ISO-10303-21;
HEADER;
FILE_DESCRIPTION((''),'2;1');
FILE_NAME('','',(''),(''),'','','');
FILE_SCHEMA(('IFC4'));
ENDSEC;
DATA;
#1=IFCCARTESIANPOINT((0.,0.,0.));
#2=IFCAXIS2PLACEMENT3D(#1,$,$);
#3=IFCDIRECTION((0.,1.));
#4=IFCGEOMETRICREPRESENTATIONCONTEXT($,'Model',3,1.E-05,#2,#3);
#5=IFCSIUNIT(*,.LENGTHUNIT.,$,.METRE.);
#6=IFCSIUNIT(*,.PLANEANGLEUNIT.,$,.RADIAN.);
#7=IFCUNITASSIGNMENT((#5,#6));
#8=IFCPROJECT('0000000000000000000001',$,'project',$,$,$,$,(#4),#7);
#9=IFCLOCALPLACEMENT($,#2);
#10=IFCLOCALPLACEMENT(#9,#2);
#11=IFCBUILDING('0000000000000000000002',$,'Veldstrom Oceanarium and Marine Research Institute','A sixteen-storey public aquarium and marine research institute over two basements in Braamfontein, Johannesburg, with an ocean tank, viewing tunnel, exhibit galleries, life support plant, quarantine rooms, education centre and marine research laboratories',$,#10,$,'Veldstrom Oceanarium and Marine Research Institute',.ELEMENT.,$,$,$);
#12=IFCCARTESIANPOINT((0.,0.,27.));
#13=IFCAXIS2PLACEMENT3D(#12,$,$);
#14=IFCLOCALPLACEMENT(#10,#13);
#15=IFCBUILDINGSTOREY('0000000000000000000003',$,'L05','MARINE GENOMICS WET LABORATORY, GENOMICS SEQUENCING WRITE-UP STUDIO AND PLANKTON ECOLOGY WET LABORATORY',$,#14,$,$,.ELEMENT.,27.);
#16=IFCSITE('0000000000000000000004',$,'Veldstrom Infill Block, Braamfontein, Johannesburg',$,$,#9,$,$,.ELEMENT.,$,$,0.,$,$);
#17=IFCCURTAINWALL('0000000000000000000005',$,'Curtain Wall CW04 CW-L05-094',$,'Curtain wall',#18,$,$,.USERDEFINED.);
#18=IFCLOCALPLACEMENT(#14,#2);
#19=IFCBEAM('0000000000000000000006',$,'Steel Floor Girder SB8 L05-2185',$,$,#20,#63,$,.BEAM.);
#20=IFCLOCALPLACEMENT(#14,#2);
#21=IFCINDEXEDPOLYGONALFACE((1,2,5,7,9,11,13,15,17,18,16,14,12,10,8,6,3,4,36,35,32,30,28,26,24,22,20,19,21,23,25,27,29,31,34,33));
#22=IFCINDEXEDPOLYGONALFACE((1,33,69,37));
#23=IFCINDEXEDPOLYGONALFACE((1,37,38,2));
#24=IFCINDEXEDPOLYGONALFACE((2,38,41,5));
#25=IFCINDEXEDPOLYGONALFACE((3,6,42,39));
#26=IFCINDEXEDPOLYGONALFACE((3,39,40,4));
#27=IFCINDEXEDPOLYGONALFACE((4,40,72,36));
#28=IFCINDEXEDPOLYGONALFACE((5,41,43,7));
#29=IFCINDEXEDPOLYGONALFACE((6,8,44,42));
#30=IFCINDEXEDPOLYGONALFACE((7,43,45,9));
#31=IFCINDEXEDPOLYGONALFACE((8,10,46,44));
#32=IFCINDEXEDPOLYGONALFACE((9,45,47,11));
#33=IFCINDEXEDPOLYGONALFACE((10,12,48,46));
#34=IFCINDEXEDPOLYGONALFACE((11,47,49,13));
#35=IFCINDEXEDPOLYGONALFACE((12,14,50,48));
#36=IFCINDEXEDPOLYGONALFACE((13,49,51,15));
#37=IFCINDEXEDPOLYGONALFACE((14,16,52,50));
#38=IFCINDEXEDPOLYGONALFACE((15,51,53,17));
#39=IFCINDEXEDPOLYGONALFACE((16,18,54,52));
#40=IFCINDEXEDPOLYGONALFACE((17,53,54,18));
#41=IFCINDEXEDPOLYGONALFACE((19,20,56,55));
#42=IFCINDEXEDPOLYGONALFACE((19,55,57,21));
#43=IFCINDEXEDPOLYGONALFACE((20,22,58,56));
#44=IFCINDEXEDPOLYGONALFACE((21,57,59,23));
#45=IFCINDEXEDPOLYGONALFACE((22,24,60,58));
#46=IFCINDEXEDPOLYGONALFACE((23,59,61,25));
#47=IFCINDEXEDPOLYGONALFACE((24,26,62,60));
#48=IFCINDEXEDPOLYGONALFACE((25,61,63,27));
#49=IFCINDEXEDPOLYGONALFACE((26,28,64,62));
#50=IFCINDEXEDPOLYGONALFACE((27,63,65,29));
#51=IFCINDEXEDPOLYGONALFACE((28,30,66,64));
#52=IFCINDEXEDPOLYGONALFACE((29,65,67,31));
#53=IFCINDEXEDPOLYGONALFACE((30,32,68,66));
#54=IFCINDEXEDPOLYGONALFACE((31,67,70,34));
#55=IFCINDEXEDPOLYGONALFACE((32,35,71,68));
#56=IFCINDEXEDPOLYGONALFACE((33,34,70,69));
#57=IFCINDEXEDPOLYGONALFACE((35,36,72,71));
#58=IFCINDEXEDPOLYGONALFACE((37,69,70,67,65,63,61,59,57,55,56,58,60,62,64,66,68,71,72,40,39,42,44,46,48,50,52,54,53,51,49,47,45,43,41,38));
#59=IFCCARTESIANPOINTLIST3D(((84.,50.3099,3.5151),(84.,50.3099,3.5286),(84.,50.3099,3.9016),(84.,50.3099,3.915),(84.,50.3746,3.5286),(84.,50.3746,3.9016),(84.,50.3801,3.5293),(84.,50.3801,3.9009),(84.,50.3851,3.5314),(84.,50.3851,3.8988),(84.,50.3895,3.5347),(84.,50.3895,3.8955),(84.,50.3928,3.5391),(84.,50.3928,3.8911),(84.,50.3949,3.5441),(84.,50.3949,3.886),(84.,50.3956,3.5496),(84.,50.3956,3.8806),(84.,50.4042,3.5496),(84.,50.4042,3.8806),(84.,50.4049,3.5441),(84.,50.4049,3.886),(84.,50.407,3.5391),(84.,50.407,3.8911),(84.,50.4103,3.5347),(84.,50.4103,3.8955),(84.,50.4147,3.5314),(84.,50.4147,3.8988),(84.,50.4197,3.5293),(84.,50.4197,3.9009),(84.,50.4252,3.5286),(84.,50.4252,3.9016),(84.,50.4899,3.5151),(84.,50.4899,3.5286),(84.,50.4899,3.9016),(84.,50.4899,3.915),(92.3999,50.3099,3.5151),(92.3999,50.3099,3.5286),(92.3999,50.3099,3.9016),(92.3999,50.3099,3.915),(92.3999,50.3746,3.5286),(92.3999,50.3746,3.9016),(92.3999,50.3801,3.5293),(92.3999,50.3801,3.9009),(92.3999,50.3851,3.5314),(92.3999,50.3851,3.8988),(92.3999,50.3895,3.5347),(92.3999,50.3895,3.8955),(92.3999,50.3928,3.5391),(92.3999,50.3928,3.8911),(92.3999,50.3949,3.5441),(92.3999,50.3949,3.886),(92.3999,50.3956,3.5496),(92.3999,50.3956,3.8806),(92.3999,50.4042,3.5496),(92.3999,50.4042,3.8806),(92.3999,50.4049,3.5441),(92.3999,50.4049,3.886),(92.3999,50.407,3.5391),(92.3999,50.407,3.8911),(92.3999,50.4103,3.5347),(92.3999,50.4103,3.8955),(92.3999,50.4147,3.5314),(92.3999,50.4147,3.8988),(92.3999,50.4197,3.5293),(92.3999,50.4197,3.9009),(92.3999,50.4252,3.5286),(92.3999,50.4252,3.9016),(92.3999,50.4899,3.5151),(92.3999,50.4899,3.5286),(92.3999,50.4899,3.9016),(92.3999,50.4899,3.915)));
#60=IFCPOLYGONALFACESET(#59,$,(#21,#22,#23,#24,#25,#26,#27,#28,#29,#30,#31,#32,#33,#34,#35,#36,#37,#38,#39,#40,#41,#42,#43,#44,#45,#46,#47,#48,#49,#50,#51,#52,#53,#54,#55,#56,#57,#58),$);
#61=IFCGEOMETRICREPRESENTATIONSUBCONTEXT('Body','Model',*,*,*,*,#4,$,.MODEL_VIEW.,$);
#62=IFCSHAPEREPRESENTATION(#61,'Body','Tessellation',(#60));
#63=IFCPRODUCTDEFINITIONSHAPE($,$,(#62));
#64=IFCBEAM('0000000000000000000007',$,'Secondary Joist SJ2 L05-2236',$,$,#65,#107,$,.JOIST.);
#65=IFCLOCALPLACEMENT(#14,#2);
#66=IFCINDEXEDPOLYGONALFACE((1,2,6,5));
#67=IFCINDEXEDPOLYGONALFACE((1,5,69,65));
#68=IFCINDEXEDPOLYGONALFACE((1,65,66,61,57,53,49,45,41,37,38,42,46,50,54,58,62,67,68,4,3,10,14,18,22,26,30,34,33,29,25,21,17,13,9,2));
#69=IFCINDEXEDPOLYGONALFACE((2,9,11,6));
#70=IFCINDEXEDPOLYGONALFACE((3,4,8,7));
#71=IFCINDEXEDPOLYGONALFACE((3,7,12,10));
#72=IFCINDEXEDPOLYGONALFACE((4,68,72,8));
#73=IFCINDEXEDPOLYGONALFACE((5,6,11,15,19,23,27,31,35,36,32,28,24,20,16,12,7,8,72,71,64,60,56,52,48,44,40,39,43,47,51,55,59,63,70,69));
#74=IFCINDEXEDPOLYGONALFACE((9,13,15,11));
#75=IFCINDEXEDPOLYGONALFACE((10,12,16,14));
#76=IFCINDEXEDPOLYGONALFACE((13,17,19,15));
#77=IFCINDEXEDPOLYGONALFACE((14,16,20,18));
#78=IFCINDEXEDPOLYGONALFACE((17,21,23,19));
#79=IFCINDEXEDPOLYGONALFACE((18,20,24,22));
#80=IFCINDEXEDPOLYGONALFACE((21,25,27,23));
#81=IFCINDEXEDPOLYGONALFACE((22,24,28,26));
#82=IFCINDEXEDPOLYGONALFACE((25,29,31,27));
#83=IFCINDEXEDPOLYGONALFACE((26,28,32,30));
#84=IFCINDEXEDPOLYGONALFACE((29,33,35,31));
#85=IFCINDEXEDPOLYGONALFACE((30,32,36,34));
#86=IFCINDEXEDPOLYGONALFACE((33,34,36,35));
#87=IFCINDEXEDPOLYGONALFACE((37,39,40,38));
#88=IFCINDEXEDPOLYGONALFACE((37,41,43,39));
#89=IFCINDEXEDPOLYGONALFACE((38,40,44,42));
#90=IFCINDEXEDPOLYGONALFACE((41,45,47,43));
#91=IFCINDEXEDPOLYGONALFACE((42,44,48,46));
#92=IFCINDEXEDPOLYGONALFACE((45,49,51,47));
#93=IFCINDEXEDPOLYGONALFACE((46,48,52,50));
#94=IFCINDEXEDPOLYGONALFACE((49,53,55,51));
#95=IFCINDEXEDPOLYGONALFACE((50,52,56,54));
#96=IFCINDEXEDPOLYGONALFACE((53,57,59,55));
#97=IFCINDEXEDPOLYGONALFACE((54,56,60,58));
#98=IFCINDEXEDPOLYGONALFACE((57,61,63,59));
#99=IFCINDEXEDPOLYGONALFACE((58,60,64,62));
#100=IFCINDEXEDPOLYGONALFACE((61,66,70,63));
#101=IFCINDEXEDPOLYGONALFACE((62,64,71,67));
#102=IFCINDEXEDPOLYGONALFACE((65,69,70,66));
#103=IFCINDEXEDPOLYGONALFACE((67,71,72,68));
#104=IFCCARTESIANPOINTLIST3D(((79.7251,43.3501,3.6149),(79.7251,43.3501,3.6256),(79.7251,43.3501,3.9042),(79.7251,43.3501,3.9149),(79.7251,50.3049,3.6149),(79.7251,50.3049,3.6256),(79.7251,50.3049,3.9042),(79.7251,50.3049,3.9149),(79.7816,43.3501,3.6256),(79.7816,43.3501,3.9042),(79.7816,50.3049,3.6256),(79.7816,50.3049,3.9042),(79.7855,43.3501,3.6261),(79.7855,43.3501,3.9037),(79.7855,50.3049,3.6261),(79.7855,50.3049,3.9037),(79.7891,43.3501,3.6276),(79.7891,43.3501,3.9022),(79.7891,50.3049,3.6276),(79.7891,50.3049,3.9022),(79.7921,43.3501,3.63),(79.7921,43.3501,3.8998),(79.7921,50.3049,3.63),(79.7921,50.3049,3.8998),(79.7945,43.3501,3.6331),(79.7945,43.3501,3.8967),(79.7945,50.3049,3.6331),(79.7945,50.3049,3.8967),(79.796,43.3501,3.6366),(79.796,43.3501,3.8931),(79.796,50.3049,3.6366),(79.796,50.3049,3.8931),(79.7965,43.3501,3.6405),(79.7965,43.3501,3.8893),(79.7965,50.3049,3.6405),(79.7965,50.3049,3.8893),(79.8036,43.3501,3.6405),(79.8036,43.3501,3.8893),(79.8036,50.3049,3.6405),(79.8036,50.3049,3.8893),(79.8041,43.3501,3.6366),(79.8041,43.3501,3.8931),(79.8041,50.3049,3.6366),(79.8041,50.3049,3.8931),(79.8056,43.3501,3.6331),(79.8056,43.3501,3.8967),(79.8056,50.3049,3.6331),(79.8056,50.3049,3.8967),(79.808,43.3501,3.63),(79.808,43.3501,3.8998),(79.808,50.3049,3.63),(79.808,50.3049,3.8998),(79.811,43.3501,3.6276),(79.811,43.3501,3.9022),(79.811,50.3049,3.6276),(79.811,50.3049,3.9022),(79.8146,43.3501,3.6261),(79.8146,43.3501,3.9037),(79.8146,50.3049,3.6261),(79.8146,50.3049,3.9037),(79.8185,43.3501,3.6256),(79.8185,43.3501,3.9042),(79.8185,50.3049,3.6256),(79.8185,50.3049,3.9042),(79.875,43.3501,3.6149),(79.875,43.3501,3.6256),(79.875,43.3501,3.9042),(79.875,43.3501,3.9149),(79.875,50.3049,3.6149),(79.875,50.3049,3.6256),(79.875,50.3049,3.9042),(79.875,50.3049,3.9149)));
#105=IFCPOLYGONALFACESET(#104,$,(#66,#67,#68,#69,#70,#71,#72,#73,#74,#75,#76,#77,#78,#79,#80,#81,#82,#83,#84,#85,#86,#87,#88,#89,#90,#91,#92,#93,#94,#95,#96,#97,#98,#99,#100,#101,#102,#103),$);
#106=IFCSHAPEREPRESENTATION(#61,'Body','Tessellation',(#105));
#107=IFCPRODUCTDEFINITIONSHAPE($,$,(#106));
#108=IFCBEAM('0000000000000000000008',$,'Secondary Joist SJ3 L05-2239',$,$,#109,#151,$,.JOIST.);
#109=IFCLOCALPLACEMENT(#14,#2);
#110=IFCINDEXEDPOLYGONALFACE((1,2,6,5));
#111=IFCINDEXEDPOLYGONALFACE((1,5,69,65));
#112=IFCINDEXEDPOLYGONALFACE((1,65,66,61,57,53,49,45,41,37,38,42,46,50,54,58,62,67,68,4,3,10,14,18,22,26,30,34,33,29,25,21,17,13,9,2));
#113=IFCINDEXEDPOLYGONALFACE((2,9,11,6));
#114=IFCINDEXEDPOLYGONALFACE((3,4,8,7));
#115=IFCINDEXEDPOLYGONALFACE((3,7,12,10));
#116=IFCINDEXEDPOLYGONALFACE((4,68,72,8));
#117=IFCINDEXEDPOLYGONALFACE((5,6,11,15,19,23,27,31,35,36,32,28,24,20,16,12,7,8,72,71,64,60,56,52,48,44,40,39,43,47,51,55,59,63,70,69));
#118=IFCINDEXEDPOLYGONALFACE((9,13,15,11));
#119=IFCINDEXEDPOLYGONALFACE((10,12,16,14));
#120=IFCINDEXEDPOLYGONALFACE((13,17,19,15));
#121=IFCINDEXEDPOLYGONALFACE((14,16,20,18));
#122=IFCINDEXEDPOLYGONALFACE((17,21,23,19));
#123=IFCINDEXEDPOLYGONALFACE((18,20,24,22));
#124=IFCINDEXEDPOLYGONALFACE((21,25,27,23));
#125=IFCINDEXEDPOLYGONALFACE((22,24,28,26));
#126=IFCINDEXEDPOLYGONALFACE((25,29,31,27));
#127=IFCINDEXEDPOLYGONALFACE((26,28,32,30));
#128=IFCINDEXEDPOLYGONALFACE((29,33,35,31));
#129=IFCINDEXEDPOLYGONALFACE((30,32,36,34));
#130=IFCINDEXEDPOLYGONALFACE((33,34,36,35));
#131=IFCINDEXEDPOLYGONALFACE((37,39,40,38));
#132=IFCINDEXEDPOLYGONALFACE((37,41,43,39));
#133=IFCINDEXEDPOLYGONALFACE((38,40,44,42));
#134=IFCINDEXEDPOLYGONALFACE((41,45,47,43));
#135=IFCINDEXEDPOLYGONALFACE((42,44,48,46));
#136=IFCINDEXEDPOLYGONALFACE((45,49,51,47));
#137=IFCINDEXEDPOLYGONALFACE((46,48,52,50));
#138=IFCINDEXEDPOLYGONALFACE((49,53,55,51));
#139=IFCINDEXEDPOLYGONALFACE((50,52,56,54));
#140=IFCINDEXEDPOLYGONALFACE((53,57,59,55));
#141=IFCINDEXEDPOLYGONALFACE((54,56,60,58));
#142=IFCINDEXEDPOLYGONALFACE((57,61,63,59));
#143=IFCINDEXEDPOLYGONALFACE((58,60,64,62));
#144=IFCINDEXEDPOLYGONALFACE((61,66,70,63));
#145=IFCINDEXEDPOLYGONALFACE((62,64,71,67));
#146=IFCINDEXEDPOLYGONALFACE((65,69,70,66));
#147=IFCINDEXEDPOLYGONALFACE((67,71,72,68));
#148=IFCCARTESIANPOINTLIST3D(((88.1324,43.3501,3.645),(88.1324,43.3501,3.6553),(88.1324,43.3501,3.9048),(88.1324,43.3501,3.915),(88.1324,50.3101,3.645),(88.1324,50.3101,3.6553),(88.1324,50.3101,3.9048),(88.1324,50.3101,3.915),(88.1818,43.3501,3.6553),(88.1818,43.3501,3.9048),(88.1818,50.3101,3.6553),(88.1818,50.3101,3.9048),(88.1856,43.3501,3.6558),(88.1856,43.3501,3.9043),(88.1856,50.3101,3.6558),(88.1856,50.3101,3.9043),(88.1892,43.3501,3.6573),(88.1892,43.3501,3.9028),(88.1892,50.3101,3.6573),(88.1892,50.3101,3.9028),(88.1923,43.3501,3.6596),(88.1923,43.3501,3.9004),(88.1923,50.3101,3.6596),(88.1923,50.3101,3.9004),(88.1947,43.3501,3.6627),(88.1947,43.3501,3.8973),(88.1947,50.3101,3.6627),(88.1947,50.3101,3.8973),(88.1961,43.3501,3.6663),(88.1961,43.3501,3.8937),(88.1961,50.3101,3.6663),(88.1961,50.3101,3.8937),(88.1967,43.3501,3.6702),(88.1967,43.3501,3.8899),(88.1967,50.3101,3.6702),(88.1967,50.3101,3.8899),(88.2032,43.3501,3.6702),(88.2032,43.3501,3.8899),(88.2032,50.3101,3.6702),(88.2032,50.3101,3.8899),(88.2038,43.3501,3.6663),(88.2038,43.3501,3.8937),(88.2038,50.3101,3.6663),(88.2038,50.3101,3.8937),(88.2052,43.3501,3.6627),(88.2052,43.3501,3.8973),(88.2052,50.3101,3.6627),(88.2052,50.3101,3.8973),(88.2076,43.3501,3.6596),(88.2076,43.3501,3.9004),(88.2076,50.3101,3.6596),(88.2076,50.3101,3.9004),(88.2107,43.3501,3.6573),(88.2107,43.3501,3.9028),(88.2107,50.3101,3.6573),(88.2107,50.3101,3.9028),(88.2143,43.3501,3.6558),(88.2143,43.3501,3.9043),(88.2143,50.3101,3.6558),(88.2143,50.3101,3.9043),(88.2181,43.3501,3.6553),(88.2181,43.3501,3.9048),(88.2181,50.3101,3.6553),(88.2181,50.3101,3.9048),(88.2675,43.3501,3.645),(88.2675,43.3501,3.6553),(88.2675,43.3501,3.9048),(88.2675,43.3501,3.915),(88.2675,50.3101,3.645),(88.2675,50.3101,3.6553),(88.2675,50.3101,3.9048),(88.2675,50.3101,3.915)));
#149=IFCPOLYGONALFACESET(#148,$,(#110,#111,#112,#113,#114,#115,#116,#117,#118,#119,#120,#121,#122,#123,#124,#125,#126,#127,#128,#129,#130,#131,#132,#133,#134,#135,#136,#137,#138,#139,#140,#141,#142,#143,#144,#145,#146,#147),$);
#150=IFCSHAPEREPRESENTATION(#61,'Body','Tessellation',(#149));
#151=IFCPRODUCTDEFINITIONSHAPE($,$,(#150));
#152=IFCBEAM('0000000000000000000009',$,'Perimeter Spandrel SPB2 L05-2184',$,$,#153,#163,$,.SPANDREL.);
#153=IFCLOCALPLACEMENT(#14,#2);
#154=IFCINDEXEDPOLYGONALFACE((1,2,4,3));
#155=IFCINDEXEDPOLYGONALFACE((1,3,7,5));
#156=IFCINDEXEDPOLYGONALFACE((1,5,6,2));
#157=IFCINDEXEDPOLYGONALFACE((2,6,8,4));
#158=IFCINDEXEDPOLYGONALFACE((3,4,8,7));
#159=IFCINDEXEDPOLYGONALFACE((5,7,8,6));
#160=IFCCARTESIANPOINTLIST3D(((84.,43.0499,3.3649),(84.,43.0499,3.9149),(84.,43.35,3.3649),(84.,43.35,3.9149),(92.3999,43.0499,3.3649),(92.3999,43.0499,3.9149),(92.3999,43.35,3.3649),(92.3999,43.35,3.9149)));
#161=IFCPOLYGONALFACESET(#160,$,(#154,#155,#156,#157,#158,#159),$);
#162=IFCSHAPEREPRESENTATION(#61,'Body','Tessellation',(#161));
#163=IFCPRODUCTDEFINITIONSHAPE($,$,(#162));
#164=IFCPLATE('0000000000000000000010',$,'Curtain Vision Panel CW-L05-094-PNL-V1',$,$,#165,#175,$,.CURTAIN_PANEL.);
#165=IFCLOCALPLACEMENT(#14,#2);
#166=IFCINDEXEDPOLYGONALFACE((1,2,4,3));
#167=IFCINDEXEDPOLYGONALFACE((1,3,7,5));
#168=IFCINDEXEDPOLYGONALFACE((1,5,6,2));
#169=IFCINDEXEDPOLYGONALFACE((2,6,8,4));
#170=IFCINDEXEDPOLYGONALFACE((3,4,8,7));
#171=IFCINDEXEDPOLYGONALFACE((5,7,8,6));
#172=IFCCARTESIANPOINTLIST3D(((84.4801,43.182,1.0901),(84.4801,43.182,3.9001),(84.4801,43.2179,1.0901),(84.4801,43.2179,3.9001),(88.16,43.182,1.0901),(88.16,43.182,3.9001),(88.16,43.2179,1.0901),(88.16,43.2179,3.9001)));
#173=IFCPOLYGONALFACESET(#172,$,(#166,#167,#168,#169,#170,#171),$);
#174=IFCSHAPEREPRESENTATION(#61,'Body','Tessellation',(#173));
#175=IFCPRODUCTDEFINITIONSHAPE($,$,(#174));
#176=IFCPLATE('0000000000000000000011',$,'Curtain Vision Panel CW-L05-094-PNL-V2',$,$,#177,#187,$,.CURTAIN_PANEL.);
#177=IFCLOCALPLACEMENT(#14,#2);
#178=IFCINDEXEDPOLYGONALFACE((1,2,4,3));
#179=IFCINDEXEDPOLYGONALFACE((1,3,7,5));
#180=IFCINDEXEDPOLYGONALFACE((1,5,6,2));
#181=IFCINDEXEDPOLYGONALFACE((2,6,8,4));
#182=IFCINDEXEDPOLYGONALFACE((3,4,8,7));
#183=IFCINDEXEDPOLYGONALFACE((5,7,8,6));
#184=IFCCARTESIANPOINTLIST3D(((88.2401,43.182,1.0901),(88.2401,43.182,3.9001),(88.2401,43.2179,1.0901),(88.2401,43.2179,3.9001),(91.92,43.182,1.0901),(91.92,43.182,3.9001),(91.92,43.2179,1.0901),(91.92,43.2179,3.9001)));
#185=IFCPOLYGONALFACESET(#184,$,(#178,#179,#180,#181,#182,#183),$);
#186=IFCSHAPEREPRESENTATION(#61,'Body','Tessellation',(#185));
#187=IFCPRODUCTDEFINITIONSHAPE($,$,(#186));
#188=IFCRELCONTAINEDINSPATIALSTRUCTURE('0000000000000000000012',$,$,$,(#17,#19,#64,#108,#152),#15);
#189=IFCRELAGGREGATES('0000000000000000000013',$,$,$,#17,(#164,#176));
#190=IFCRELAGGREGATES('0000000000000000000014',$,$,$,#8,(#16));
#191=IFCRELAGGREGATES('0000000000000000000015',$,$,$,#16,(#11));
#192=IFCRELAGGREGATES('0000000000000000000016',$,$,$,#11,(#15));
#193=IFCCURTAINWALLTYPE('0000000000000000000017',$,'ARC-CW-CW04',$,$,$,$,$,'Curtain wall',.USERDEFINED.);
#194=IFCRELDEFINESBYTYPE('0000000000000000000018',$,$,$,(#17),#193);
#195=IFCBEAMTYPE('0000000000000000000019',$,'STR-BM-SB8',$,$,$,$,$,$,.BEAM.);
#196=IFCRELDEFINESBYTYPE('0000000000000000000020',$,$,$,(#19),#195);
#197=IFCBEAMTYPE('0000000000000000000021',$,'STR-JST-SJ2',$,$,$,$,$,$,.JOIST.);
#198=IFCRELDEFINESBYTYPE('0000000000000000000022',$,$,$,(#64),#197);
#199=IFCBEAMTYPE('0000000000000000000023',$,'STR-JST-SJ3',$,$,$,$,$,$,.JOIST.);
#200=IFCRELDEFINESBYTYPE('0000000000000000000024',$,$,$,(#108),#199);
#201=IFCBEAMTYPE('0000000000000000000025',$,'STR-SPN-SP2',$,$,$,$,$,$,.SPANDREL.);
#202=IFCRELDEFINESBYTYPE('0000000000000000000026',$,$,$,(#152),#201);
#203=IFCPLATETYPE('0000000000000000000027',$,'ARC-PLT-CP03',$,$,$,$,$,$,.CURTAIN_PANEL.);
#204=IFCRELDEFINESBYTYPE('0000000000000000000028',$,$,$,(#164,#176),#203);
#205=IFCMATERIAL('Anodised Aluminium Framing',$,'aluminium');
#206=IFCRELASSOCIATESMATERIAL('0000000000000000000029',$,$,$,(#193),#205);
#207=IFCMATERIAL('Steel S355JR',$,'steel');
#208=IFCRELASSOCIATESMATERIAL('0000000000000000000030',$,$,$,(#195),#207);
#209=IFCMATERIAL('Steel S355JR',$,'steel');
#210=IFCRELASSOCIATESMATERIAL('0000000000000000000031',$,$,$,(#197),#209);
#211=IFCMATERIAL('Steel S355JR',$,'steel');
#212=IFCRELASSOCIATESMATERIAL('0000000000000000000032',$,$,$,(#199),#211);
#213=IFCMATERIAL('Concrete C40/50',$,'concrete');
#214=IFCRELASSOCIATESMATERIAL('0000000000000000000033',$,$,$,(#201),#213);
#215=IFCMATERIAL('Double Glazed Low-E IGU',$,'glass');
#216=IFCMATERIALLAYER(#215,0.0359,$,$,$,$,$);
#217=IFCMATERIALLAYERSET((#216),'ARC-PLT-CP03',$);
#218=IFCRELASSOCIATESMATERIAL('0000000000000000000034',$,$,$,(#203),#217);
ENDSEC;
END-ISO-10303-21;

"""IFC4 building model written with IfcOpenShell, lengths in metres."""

from ifc_helpers import new_model, si_unit, direction, frame, origin, origin_2d, place, context, subcontext, project, spatial, rectangle, i_section, extrude, material, layer, layer_set, material_profile, profile_set, type_object, element, aggregate, save


model = new_model("IFC4")

# Units and contexts
model_context = context("Model", 3, precision=1e-05, world=origin(), true_north=direction((0.0, 1.0)))
body_context = subcontext(model_context, "Body", "Model", "MODEL_VIEW")
ifc_project = project(units=[si_unit("LENGTHUNIT", "METRE"), si_unit("PLANEANGLEUNIT", "RADIAN")], contexts=[model_context])

# Site, building, storey
site_placement = place(None, origin())
site = spatial("IfcSite", under=ifc_project, at=site_placement, Name="Veldstrom Infill Block, Braamfontein, Johannesburg", CompositionType="ELEMENT", RefElevation=0.0)
building_placement = place(site_placement, origin())
building = spatial("IfcBuilding", under=site, at=building_placement, Name="Veldstrom Oceanarium and Marine Research Institute", Description="A sixteen-storey public aquarium and marine research institute over two basements in Braamfontein, Johannesburg, with an ocean tank, viewing tunnel, exhibit galleries, life support plant, quarantine rooms, education centre and marine research laboratories", LongName="Veldstrom Oceanarium and Marine Research Institute", CompositionType="ELEMENT")
storey_placement = place(building_placement, frame((0.0, 0.0, 27.0)))
storey = spatial("IfcBuildingStorey", under=building, at=storey_placement, Name="L05", Description="MARINE GENOMICS WET LABORATORY, GENOMICS SEQUENCING WRITE-UP STUDIO AND PLANKTON ECOLOGY WET LABORATORY", CompositionType="ELEMENT", Elevation=27.0)

# Curtain wall
ifc_material_1 = material(Name="Anodised Aluminium Framing", Category="aluminium")
curtain_wall_type = type_object("IfcCurtainWallType", Name="ARC-CW-CW04", ElementType="Curtain wall", PredefinedType="USERDEFINED", material=ifc_material_1)
curtain_wall_placement = place(storey_placement, origin())
curtain_wall = element("IfcCurtainWall", 1, at=curtain_wall_placement, inside=storey, type_object=curtain_wall_type, Name="Curtain Wall CW04 CW-L05-094", ObjectType="Curtain wall", PredefinedType="USERDEFINED")

# Beams
ifc_material_2 = material(Name="Steel S355JR", Category="steel")
ifc_material_profile_1 = material_profile(ifc_material_2, i_section(OverallWidth=0.1799, OverallDepth=0.3999, WebThickness=0.0085, FlangeThickness=0.0134, FilletRadius=0.021, at=origin_2d()), Name="IPE 400")
ifc_profile_set_1 = profile_set([ifc_material_profile_1], Name="Steel S355JR")
beam_type_1 = type_object("IfcBeamType", Name="STR-BM-SB8", PredefinedType="BEAM", material=ifc_profile_set_1)
beam_1_placement = place(storey_placement, frame((84.0, 50.3999, 3.7151), z_axis=(1.0, 0.0, 0.0), x_axis=(0.0, 1.0, 0.0)))
element("IfcBeam", 2, at=beam_1_placement, inside=storey, type_object=beam_type_1, Name="Steel Floor Girder SB8 L05-2185", PredefinedType="BEAM", context=body_context, shape_type="SweptSolid", body=[
    extrude(i_section(OverallWidth=0.1799, OverallDepth=0.3999, WebThickness=0.0085, FlangeThickness=0.0134, FilletRadius=0.021, at=origin_2d()), origin(), (0.0, 0.0, 1.0), 8.3999),
])
ifc_material_3 = material(Name="Steel S355JR", Category="steel")
ifc_material_profile_2 = material_profile(ifc_material_3, i_section(OverallWidth=0.1499, OverallDepth=0.3, WebThickness=0.0071, FlangeThickness=0.0107, FilletRadius=0.0149, at=origin_2d()), Name="IPE 300")
ifc_profile_set_2 = profile_set([ifc_material_profile_2], Name="Steel S355JR")
beam_type_2 = type_object("IfcBeamType", Name="STR-JST-SJ2", PredefinedType="JOIST", material=ifc_profile_set_2)
beam_2_placement = place(storey_placement, frame((79.8, 43.3501, 3.7649), z_axis=(0.0, 1.0, 0.0), x_axis=(-1.0, 0.0, 0.0)))
element("IfcBeam", 3, at=beam_2_placement, inside=storey, type_object=beam_type_2, Name="Secondary Joist SJ2 L05-2236", PredefinedType="JOIST", context=body_context, shape_type="SweptSolid", body=[
    extrude(i_section(OverallWidth=0.1499, OverallDepth=0.3, WebThickness=0.0071, FlangeThickness=0.0107, FilletRadius=0.0149, at=origin_2d()), origin(), (0.0, 0.0, 1.0), 6.9548),
])
ifc_material_4 = material(Name="Steel S355JR", Category="steel")
ifc_material_profile_3 = material_profile(ifc_material_4, i_section(OverallWidth=0.135, OverallDepth=0.27, WebThickness=0.0066, FlangeThickness=0.0103, FilletRadius=0.0149, at=origin_2d()), Name="IPE 270")
ifc_profile_set_3 = profile_set([ifc_material_profile_3], Name="Steel S355JR")
beam_type_3 = type_object("IfcBeamType", Name="STR-JST-SJ3", PredefinedType="JOIST", material=ifc_profile_set_3)
beam_3_placement = place(storey_placement, frame((88.2, 43.3501, 3.78), z_axis=(0.0, 1.0, 0.0), x_axis=(-1.0, 0.0, 0.0)))
element("IfcBeam", 4, at=beam_3_placement, inside=storey, type_object=beam_type_3, Name="Secondary Joist SJ3 L05-2239", PredefinedType="JOIST", context=body_context, shape_type="SweptSolid", body=[
    extrude(i_section(OverallWidth=0.135, OverallDepth=0.27, WebThickness=0.0066, FlangeThickness=0.0103, FilletRadius=0.0149, at=origin_2d()), origin(), (0.0, 0.0, 1.0), 6.96),
])
ifc_material_5 = material(Name="Concrete C40/50", Category="concrete")
ifc_material_profile_4 = material_profile(ifc_material_5, rectangle(XDim=0.3, YDim=0.55, at=origin_2d()), Name="RC-SPN-300x550")
ifc_profile_set_4 = profile_set([ifc_material_profile_4], Name="Concrete C40/50")
beam_type_4 = type_object("IfcBeamType", Name="STR-SPN-SP2", PredefinedType="SPANDREL", material=ifc_profile_set_4)
beam_4_placement = place(storey_placement, frame((84.0, 43.2, 3.6399), z_axis=(1.0, 0.0, 0.0), x_axis=(0.0, 1.0, 0.0)))
element("IfcBeam", 5, at=beam_4_placement, inside=storey, type_object=beam_type_4, Name="Perimeter Spandrel SPB2 L05-2184", PredefinedType="SPANDREL", context=body_context, shape_type="SweptSolid", body=[
    extrude(rectangle(XDim=0.3, YDim=0.55, at=origin_2d()), origin(), (0.0, 0.0, 1.0), 8.3999),
])

# Plates
ifc_material_6 = material(Name="Double Glazed Low-E IGU", Category="glass")
ifc_layer_1 = layer(ifc_material_6, 0.0359)
ifc_layer_set_1 = layer_set([ifc_layer_1], Name="ARC-PLT-CP03")
plate_type_1 = type_object("IfcPlateType", Name="ARC-PLT-CP03", PredefinedType="CURTAIN_PANEL", material=ifc_layer_set_1)
plate_1_placement = place(storey_placement, frame((86.3201, 43.2, 1.0901), z_axis=(0.0, 0.0, 1.0), x_axis=(1.0, 0.0, 0.0)))
plate_1 = element("IfcPlate", 6, at=plate_1_placement, type_object=plate_type_1, Name="Curtain Vision Panel CW-L05-094-PNL-V1", PredefinedType="CURTAIN_PANEL", context=body_context, shape_type="SweptSolid", body=[
    extrude(rectangle(XDim=3.6799, YDim=0.0359, at=origin_2d()), origin(), (0.0, 0.0, 1.0), 2.8101),
])
plate_2_placement = place(storey_placement, frame((90.0801, 43.2, 1.0901), z_axis=(0.0, 0.0, 1.0), x_axis=(1.0, 0.0, 0.0)))
plate_2 = element("IfcPlate", 7, at=plate_2_placement, type_object=plate_type_1, Name="Curtain Vision Panel CW-L05-094-PNL-V2", PredefinedType="CURTAIN_PANEL", context=body_context, shape_type="SweptSolid", body=[
    extrude(rectangle(XDim=3.6799, YDim=0.0359, at=origin_2d()), origin(), (0.0, 0.0, 1.0), 2.8101),
])
aggregate(curtain_wall, [plate_1, plate_2])

save(model, "model.ifc")
